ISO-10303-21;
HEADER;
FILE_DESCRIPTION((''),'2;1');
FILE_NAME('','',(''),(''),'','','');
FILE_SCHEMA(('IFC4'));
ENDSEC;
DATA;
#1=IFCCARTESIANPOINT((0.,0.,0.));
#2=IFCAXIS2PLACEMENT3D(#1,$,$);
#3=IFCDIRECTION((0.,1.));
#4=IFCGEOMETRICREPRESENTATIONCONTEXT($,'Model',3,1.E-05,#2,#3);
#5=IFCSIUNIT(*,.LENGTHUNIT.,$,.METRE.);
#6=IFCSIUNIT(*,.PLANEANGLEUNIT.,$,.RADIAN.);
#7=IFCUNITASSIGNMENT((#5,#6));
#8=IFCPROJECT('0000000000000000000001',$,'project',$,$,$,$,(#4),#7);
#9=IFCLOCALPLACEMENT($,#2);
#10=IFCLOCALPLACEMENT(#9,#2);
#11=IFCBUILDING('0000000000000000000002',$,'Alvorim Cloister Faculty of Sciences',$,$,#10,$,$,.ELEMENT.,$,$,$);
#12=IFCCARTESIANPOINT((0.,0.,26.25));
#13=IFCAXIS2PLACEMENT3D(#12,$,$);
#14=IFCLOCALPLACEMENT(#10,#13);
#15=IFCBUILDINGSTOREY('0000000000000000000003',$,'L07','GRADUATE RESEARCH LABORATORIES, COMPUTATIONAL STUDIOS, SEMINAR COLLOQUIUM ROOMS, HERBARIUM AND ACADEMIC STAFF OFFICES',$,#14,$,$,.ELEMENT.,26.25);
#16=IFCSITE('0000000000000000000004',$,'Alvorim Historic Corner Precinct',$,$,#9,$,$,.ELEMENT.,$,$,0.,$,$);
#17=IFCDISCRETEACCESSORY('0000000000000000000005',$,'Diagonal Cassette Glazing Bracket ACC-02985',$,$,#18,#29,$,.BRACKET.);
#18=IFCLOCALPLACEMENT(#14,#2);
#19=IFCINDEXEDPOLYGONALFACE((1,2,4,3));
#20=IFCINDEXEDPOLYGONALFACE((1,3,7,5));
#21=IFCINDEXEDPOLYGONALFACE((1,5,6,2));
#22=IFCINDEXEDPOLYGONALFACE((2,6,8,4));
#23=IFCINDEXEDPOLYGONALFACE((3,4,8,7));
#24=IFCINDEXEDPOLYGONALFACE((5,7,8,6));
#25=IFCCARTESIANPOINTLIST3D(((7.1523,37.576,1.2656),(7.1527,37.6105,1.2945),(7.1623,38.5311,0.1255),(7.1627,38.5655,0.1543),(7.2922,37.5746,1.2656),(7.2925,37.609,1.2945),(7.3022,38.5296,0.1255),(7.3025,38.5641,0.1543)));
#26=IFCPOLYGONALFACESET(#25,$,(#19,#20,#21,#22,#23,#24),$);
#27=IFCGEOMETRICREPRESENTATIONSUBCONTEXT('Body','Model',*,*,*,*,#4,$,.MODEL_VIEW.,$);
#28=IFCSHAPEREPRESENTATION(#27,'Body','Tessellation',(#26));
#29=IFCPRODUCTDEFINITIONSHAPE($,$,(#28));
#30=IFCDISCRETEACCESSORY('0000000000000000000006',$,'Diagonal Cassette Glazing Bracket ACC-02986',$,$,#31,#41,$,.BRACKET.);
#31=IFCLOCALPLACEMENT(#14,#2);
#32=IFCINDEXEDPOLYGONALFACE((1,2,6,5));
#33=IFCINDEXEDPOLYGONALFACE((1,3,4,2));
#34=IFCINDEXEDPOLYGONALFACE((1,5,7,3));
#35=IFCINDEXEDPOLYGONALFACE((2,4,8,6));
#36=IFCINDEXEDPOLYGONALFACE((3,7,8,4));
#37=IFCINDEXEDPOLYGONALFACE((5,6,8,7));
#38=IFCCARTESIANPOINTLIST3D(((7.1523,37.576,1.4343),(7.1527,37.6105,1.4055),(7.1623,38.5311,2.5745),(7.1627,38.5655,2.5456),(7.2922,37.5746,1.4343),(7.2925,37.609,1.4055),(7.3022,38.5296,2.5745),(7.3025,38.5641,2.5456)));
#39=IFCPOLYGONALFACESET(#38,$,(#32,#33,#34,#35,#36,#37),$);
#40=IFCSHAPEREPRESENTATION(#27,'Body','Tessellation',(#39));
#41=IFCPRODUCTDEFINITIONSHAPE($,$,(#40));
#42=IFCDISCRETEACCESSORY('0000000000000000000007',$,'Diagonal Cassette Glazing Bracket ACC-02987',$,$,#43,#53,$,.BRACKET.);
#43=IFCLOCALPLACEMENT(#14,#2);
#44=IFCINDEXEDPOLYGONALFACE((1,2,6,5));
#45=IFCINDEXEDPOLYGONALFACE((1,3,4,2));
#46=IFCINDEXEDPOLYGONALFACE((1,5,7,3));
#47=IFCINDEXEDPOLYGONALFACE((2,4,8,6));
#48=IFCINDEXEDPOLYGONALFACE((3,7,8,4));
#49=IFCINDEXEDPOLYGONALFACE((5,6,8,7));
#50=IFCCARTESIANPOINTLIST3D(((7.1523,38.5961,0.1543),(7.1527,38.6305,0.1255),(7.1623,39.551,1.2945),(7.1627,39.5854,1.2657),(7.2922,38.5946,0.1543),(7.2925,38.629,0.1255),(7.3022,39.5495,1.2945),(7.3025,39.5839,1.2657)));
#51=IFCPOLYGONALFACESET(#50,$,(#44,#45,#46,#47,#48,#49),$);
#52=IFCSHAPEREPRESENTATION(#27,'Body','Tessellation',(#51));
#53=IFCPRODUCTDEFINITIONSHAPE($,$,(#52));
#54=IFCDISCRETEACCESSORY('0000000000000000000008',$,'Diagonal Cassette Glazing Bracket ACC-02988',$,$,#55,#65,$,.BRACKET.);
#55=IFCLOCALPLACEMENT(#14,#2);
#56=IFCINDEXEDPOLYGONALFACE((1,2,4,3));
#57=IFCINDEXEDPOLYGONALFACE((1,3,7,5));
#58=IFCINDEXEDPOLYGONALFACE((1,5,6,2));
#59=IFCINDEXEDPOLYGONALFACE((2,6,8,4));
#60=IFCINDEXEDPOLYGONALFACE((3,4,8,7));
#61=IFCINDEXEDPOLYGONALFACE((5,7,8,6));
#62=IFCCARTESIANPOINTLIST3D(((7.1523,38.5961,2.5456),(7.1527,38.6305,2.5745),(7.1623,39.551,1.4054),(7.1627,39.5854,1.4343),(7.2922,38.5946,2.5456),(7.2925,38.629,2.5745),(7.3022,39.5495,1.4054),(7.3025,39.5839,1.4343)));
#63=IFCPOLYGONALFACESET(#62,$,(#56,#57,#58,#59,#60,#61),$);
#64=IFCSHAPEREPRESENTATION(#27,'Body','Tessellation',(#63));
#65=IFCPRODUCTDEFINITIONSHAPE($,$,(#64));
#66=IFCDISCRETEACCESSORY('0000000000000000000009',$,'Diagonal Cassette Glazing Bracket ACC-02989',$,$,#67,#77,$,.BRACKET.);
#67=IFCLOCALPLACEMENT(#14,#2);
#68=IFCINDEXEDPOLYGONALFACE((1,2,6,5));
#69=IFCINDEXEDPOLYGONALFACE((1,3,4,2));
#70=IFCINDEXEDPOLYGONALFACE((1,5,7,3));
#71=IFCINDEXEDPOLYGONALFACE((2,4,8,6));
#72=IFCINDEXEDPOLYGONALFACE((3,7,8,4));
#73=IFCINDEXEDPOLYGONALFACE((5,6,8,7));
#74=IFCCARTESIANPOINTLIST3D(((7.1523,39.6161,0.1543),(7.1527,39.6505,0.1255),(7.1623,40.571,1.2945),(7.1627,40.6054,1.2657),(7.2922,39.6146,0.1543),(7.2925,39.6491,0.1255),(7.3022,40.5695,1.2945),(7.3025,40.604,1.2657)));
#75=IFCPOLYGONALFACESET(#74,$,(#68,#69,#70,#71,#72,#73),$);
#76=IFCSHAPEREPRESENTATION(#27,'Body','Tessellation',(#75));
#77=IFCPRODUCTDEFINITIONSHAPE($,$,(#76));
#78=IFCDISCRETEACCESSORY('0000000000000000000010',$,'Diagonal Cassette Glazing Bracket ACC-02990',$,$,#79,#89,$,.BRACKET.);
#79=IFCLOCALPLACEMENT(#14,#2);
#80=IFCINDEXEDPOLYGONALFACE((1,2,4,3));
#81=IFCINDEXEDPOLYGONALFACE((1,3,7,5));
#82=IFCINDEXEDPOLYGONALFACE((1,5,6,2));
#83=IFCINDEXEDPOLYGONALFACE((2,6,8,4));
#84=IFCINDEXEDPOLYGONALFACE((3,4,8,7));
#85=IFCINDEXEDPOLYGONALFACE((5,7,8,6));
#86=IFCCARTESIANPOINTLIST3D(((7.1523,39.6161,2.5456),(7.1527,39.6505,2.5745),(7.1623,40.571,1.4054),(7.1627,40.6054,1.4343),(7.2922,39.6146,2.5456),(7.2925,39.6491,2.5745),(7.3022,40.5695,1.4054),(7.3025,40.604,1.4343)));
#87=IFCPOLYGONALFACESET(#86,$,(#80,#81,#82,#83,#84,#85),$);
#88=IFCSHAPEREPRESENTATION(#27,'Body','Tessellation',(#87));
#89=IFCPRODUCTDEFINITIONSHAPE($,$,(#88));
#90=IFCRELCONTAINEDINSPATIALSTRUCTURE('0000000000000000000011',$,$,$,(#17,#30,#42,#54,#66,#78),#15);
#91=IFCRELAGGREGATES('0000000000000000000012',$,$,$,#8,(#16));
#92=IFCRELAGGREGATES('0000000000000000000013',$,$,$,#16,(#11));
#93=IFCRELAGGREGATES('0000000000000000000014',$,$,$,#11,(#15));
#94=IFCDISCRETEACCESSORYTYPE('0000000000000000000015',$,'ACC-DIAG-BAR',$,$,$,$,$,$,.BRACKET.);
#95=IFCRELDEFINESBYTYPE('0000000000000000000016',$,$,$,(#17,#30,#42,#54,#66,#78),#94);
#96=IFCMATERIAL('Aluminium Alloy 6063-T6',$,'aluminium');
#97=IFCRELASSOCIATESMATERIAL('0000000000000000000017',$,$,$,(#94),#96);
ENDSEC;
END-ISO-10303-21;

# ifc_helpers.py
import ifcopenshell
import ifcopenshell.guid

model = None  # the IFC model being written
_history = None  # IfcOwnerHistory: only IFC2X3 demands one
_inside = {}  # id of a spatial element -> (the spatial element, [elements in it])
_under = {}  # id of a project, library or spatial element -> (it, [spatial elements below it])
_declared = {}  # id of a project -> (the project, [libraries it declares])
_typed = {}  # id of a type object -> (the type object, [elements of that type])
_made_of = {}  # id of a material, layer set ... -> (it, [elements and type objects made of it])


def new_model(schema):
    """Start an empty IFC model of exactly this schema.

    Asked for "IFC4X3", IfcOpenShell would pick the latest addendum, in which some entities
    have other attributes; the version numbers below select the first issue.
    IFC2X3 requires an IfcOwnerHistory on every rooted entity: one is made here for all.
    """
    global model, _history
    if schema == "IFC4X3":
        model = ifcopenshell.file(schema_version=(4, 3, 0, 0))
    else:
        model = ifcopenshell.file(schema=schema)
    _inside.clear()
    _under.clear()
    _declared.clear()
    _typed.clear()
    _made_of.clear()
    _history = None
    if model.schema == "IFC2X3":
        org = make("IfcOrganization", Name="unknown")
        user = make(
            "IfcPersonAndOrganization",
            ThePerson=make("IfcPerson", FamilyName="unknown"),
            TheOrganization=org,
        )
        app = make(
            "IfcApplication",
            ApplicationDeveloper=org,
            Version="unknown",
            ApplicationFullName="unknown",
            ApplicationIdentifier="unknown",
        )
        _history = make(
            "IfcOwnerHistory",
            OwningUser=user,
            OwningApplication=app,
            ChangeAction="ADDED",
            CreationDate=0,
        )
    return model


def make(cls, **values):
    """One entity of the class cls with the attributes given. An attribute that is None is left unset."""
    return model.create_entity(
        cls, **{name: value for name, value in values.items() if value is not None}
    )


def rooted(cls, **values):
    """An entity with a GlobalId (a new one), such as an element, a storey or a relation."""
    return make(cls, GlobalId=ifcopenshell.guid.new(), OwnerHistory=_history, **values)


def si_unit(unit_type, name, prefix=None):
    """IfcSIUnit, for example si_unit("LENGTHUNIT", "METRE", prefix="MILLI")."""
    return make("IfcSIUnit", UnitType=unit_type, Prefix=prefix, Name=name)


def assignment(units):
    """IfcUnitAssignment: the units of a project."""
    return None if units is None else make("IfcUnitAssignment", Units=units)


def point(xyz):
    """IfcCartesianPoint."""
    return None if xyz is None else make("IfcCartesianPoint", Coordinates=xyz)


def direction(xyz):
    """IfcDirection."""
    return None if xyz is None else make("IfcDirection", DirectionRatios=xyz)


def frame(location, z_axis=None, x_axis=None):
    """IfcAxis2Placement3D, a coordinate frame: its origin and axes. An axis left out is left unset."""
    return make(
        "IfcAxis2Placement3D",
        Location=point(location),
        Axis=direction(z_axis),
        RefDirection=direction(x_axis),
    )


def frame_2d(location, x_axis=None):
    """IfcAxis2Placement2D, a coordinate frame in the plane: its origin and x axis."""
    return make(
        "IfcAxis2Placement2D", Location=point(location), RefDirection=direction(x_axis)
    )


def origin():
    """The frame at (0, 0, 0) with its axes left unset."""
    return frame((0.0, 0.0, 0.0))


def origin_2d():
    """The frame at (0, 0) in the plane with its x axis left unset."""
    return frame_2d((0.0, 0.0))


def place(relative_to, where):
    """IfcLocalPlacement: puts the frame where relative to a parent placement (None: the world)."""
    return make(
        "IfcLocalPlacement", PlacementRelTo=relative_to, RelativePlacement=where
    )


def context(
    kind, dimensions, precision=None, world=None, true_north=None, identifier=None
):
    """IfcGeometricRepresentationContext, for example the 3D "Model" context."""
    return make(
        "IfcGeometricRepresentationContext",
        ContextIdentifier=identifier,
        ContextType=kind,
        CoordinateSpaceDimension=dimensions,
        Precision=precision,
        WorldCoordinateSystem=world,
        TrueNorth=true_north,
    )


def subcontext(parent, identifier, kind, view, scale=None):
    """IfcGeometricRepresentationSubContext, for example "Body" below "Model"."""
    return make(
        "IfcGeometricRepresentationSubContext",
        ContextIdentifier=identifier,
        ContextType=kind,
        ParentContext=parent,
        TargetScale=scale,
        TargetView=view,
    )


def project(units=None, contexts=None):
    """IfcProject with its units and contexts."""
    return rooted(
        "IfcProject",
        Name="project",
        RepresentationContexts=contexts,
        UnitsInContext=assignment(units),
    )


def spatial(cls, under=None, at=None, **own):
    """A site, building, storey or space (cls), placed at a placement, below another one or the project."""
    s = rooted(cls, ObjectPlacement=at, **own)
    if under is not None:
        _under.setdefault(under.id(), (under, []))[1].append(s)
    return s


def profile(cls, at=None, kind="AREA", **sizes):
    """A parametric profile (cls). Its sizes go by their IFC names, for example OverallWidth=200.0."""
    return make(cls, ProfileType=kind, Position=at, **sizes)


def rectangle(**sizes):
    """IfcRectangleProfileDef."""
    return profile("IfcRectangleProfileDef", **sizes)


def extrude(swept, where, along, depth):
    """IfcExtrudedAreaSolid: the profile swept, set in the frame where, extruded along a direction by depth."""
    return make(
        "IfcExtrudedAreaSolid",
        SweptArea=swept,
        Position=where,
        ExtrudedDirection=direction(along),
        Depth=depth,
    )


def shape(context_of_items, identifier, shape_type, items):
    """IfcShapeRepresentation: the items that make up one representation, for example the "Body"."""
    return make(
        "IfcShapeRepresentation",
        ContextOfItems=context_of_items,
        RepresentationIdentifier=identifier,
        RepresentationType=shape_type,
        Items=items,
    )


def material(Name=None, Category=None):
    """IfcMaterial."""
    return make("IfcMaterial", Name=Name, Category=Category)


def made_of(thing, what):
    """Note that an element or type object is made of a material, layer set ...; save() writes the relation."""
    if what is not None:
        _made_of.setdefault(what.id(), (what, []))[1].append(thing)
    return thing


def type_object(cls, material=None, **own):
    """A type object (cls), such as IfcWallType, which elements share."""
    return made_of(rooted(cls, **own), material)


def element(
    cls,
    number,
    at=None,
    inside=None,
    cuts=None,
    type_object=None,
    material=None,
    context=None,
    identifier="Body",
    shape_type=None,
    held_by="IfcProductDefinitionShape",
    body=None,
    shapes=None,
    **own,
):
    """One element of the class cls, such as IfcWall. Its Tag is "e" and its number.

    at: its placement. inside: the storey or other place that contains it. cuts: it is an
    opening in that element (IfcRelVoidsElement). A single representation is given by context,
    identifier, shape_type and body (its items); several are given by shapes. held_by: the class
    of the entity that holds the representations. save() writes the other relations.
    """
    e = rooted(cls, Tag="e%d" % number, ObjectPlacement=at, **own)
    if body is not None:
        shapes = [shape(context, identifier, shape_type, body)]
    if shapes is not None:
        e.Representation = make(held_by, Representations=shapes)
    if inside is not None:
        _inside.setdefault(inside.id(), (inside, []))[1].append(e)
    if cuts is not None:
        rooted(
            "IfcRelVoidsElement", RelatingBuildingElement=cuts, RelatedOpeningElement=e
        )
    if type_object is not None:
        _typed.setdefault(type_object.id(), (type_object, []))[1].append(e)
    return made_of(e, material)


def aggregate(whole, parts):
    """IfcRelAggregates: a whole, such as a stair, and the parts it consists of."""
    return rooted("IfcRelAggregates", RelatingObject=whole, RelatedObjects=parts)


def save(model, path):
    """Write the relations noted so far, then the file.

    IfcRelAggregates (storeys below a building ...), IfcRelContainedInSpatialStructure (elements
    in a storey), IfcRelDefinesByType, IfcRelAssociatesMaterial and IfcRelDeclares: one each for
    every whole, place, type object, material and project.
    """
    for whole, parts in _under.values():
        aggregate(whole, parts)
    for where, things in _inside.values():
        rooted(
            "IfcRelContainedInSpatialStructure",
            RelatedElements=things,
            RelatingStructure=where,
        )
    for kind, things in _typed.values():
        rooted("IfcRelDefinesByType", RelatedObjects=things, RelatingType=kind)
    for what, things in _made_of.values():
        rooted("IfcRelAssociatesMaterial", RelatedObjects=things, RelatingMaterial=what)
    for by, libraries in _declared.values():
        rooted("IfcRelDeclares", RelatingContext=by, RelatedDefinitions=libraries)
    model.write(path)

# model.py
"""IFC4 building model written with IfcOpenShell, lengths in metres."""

from ifc_helpers import new_model, si_unit, direction, frame, origin, origin_2d, place, context, subcontext, project, spatial, rectangle, extrude, material, type_object, element, save


model = new_model("IFC4")

# Units and contexts
model_context = context("Model", 3, precision=1e-05, world=origin(), true_north=direction((0.0, 1.0)))
body_context = subcontext(model_context, "Body", "Model", "MODEL_VIEW")
ifc_project = project(units=[si_unit("LENGTHUNIT", "METRE"), si_unit("PLANEANGLEUNIT", "RADIAN")], contexts=[model_context])

# Site, building, storey
site_placement = place(None, origin())
site = spatial("IfcSite", under=ifc_project, at=site_placement, Name="Alvorim Historic Corner Precinct", CompositionType="ELEMENT", RefElevation=0.0)
building_placement = place(site_placement, origin())
building = spatial("IfcBuilding", under=site, at=building_placement, Name="Alvorim Cloister Faculty of Sciences", CompositionType="ELEMENT")
storey_placement = place(building_placement, frame((0.0, 0.0, 26.25)))
storey = spatial("IfcBuildingStorey", under=building, at=storey_placement, Name="L07", Description="GRADUATE RESEARCH LABORATORIES, COMPUTATIONAL STUDIOS, SEMINAR COLLOQUIUM ROOMS, HERBARIUM AND ACADEMIC STAFF OFFICES", CompositionType="ELEMENT", Elevation=26.25)

# Discrete accessories
ifc_material_1 = material(Name="Aluminium Alloy 6063-T6", Category="aluminium")
discrete_accessory_type = type_object("IfcDiscreteAccessoryType", Name="ACC-DIAG-BAR", PredefinedType="BRACKET", material=ifc_material_1)
for number, where, z_axis, x_axis, name in (
    (1, (7.2224, 37.5925, 1.28), (0.00673, 0.642138, -0.76656), (-0.999945, 0.01048, 0.0), "Diagonal Cassette Glazing Bracket ACC-02985"),
    (2, (7.2224, 37.5925, 1.4199), (0.00673, 0.642138, 0.76656), (-0.999945, 0.01048, 0.0), "Diagonal Cassette Glazing Bracket ACC-02986"),
    (3, (7.2224, 38.6125, 0.1399), (0.006731, 0.642041, 0.766641), (-0.999945, 0.010483, 0.0), "Diagonal Cassette Glazing Bracket ACC-02987"),
    (4, (7.2224, 38.6125, 2.5601), (0.006731, 0.642041, -0.766641), (-0.999945, 0.010483, 0.0), "Diagonal Cassette Glazing Bracket ACC-02988"),
    (5, (7.2224, 39.6326, 0.1399), (0.006731, 0.642041, 0.766641), (-0.999945, 0.010483, 0.0), "Diagonal Cassette Glazing Bracket ACC-02989"),
    (6, (7.2224, 39.6326, 2.5601), (0.006731, 0.642041, -0.766641), (-0.999945, 0.010483, 0.0), "Diagonal Cassette Glazing Bracket ACC-02990"),
):
    element("IfcDiscreteAccessory", number, at=place(storey_placement, frame(where, z_axis=z_axis, x_axis=x_axis)), inside=storey, type_object=discrete_accessory_type, Name=name, PredefinedType="BRACKET", context=body_context, shape_type="SweptSolid", body=[
        extrude(rectangle(XDim=0.1399, YDim=0.0449, at=origin_2d()), origin(), (0.0, 0.0, 1.0), 1.4873),
    ])

save(model, "model.ifc")
